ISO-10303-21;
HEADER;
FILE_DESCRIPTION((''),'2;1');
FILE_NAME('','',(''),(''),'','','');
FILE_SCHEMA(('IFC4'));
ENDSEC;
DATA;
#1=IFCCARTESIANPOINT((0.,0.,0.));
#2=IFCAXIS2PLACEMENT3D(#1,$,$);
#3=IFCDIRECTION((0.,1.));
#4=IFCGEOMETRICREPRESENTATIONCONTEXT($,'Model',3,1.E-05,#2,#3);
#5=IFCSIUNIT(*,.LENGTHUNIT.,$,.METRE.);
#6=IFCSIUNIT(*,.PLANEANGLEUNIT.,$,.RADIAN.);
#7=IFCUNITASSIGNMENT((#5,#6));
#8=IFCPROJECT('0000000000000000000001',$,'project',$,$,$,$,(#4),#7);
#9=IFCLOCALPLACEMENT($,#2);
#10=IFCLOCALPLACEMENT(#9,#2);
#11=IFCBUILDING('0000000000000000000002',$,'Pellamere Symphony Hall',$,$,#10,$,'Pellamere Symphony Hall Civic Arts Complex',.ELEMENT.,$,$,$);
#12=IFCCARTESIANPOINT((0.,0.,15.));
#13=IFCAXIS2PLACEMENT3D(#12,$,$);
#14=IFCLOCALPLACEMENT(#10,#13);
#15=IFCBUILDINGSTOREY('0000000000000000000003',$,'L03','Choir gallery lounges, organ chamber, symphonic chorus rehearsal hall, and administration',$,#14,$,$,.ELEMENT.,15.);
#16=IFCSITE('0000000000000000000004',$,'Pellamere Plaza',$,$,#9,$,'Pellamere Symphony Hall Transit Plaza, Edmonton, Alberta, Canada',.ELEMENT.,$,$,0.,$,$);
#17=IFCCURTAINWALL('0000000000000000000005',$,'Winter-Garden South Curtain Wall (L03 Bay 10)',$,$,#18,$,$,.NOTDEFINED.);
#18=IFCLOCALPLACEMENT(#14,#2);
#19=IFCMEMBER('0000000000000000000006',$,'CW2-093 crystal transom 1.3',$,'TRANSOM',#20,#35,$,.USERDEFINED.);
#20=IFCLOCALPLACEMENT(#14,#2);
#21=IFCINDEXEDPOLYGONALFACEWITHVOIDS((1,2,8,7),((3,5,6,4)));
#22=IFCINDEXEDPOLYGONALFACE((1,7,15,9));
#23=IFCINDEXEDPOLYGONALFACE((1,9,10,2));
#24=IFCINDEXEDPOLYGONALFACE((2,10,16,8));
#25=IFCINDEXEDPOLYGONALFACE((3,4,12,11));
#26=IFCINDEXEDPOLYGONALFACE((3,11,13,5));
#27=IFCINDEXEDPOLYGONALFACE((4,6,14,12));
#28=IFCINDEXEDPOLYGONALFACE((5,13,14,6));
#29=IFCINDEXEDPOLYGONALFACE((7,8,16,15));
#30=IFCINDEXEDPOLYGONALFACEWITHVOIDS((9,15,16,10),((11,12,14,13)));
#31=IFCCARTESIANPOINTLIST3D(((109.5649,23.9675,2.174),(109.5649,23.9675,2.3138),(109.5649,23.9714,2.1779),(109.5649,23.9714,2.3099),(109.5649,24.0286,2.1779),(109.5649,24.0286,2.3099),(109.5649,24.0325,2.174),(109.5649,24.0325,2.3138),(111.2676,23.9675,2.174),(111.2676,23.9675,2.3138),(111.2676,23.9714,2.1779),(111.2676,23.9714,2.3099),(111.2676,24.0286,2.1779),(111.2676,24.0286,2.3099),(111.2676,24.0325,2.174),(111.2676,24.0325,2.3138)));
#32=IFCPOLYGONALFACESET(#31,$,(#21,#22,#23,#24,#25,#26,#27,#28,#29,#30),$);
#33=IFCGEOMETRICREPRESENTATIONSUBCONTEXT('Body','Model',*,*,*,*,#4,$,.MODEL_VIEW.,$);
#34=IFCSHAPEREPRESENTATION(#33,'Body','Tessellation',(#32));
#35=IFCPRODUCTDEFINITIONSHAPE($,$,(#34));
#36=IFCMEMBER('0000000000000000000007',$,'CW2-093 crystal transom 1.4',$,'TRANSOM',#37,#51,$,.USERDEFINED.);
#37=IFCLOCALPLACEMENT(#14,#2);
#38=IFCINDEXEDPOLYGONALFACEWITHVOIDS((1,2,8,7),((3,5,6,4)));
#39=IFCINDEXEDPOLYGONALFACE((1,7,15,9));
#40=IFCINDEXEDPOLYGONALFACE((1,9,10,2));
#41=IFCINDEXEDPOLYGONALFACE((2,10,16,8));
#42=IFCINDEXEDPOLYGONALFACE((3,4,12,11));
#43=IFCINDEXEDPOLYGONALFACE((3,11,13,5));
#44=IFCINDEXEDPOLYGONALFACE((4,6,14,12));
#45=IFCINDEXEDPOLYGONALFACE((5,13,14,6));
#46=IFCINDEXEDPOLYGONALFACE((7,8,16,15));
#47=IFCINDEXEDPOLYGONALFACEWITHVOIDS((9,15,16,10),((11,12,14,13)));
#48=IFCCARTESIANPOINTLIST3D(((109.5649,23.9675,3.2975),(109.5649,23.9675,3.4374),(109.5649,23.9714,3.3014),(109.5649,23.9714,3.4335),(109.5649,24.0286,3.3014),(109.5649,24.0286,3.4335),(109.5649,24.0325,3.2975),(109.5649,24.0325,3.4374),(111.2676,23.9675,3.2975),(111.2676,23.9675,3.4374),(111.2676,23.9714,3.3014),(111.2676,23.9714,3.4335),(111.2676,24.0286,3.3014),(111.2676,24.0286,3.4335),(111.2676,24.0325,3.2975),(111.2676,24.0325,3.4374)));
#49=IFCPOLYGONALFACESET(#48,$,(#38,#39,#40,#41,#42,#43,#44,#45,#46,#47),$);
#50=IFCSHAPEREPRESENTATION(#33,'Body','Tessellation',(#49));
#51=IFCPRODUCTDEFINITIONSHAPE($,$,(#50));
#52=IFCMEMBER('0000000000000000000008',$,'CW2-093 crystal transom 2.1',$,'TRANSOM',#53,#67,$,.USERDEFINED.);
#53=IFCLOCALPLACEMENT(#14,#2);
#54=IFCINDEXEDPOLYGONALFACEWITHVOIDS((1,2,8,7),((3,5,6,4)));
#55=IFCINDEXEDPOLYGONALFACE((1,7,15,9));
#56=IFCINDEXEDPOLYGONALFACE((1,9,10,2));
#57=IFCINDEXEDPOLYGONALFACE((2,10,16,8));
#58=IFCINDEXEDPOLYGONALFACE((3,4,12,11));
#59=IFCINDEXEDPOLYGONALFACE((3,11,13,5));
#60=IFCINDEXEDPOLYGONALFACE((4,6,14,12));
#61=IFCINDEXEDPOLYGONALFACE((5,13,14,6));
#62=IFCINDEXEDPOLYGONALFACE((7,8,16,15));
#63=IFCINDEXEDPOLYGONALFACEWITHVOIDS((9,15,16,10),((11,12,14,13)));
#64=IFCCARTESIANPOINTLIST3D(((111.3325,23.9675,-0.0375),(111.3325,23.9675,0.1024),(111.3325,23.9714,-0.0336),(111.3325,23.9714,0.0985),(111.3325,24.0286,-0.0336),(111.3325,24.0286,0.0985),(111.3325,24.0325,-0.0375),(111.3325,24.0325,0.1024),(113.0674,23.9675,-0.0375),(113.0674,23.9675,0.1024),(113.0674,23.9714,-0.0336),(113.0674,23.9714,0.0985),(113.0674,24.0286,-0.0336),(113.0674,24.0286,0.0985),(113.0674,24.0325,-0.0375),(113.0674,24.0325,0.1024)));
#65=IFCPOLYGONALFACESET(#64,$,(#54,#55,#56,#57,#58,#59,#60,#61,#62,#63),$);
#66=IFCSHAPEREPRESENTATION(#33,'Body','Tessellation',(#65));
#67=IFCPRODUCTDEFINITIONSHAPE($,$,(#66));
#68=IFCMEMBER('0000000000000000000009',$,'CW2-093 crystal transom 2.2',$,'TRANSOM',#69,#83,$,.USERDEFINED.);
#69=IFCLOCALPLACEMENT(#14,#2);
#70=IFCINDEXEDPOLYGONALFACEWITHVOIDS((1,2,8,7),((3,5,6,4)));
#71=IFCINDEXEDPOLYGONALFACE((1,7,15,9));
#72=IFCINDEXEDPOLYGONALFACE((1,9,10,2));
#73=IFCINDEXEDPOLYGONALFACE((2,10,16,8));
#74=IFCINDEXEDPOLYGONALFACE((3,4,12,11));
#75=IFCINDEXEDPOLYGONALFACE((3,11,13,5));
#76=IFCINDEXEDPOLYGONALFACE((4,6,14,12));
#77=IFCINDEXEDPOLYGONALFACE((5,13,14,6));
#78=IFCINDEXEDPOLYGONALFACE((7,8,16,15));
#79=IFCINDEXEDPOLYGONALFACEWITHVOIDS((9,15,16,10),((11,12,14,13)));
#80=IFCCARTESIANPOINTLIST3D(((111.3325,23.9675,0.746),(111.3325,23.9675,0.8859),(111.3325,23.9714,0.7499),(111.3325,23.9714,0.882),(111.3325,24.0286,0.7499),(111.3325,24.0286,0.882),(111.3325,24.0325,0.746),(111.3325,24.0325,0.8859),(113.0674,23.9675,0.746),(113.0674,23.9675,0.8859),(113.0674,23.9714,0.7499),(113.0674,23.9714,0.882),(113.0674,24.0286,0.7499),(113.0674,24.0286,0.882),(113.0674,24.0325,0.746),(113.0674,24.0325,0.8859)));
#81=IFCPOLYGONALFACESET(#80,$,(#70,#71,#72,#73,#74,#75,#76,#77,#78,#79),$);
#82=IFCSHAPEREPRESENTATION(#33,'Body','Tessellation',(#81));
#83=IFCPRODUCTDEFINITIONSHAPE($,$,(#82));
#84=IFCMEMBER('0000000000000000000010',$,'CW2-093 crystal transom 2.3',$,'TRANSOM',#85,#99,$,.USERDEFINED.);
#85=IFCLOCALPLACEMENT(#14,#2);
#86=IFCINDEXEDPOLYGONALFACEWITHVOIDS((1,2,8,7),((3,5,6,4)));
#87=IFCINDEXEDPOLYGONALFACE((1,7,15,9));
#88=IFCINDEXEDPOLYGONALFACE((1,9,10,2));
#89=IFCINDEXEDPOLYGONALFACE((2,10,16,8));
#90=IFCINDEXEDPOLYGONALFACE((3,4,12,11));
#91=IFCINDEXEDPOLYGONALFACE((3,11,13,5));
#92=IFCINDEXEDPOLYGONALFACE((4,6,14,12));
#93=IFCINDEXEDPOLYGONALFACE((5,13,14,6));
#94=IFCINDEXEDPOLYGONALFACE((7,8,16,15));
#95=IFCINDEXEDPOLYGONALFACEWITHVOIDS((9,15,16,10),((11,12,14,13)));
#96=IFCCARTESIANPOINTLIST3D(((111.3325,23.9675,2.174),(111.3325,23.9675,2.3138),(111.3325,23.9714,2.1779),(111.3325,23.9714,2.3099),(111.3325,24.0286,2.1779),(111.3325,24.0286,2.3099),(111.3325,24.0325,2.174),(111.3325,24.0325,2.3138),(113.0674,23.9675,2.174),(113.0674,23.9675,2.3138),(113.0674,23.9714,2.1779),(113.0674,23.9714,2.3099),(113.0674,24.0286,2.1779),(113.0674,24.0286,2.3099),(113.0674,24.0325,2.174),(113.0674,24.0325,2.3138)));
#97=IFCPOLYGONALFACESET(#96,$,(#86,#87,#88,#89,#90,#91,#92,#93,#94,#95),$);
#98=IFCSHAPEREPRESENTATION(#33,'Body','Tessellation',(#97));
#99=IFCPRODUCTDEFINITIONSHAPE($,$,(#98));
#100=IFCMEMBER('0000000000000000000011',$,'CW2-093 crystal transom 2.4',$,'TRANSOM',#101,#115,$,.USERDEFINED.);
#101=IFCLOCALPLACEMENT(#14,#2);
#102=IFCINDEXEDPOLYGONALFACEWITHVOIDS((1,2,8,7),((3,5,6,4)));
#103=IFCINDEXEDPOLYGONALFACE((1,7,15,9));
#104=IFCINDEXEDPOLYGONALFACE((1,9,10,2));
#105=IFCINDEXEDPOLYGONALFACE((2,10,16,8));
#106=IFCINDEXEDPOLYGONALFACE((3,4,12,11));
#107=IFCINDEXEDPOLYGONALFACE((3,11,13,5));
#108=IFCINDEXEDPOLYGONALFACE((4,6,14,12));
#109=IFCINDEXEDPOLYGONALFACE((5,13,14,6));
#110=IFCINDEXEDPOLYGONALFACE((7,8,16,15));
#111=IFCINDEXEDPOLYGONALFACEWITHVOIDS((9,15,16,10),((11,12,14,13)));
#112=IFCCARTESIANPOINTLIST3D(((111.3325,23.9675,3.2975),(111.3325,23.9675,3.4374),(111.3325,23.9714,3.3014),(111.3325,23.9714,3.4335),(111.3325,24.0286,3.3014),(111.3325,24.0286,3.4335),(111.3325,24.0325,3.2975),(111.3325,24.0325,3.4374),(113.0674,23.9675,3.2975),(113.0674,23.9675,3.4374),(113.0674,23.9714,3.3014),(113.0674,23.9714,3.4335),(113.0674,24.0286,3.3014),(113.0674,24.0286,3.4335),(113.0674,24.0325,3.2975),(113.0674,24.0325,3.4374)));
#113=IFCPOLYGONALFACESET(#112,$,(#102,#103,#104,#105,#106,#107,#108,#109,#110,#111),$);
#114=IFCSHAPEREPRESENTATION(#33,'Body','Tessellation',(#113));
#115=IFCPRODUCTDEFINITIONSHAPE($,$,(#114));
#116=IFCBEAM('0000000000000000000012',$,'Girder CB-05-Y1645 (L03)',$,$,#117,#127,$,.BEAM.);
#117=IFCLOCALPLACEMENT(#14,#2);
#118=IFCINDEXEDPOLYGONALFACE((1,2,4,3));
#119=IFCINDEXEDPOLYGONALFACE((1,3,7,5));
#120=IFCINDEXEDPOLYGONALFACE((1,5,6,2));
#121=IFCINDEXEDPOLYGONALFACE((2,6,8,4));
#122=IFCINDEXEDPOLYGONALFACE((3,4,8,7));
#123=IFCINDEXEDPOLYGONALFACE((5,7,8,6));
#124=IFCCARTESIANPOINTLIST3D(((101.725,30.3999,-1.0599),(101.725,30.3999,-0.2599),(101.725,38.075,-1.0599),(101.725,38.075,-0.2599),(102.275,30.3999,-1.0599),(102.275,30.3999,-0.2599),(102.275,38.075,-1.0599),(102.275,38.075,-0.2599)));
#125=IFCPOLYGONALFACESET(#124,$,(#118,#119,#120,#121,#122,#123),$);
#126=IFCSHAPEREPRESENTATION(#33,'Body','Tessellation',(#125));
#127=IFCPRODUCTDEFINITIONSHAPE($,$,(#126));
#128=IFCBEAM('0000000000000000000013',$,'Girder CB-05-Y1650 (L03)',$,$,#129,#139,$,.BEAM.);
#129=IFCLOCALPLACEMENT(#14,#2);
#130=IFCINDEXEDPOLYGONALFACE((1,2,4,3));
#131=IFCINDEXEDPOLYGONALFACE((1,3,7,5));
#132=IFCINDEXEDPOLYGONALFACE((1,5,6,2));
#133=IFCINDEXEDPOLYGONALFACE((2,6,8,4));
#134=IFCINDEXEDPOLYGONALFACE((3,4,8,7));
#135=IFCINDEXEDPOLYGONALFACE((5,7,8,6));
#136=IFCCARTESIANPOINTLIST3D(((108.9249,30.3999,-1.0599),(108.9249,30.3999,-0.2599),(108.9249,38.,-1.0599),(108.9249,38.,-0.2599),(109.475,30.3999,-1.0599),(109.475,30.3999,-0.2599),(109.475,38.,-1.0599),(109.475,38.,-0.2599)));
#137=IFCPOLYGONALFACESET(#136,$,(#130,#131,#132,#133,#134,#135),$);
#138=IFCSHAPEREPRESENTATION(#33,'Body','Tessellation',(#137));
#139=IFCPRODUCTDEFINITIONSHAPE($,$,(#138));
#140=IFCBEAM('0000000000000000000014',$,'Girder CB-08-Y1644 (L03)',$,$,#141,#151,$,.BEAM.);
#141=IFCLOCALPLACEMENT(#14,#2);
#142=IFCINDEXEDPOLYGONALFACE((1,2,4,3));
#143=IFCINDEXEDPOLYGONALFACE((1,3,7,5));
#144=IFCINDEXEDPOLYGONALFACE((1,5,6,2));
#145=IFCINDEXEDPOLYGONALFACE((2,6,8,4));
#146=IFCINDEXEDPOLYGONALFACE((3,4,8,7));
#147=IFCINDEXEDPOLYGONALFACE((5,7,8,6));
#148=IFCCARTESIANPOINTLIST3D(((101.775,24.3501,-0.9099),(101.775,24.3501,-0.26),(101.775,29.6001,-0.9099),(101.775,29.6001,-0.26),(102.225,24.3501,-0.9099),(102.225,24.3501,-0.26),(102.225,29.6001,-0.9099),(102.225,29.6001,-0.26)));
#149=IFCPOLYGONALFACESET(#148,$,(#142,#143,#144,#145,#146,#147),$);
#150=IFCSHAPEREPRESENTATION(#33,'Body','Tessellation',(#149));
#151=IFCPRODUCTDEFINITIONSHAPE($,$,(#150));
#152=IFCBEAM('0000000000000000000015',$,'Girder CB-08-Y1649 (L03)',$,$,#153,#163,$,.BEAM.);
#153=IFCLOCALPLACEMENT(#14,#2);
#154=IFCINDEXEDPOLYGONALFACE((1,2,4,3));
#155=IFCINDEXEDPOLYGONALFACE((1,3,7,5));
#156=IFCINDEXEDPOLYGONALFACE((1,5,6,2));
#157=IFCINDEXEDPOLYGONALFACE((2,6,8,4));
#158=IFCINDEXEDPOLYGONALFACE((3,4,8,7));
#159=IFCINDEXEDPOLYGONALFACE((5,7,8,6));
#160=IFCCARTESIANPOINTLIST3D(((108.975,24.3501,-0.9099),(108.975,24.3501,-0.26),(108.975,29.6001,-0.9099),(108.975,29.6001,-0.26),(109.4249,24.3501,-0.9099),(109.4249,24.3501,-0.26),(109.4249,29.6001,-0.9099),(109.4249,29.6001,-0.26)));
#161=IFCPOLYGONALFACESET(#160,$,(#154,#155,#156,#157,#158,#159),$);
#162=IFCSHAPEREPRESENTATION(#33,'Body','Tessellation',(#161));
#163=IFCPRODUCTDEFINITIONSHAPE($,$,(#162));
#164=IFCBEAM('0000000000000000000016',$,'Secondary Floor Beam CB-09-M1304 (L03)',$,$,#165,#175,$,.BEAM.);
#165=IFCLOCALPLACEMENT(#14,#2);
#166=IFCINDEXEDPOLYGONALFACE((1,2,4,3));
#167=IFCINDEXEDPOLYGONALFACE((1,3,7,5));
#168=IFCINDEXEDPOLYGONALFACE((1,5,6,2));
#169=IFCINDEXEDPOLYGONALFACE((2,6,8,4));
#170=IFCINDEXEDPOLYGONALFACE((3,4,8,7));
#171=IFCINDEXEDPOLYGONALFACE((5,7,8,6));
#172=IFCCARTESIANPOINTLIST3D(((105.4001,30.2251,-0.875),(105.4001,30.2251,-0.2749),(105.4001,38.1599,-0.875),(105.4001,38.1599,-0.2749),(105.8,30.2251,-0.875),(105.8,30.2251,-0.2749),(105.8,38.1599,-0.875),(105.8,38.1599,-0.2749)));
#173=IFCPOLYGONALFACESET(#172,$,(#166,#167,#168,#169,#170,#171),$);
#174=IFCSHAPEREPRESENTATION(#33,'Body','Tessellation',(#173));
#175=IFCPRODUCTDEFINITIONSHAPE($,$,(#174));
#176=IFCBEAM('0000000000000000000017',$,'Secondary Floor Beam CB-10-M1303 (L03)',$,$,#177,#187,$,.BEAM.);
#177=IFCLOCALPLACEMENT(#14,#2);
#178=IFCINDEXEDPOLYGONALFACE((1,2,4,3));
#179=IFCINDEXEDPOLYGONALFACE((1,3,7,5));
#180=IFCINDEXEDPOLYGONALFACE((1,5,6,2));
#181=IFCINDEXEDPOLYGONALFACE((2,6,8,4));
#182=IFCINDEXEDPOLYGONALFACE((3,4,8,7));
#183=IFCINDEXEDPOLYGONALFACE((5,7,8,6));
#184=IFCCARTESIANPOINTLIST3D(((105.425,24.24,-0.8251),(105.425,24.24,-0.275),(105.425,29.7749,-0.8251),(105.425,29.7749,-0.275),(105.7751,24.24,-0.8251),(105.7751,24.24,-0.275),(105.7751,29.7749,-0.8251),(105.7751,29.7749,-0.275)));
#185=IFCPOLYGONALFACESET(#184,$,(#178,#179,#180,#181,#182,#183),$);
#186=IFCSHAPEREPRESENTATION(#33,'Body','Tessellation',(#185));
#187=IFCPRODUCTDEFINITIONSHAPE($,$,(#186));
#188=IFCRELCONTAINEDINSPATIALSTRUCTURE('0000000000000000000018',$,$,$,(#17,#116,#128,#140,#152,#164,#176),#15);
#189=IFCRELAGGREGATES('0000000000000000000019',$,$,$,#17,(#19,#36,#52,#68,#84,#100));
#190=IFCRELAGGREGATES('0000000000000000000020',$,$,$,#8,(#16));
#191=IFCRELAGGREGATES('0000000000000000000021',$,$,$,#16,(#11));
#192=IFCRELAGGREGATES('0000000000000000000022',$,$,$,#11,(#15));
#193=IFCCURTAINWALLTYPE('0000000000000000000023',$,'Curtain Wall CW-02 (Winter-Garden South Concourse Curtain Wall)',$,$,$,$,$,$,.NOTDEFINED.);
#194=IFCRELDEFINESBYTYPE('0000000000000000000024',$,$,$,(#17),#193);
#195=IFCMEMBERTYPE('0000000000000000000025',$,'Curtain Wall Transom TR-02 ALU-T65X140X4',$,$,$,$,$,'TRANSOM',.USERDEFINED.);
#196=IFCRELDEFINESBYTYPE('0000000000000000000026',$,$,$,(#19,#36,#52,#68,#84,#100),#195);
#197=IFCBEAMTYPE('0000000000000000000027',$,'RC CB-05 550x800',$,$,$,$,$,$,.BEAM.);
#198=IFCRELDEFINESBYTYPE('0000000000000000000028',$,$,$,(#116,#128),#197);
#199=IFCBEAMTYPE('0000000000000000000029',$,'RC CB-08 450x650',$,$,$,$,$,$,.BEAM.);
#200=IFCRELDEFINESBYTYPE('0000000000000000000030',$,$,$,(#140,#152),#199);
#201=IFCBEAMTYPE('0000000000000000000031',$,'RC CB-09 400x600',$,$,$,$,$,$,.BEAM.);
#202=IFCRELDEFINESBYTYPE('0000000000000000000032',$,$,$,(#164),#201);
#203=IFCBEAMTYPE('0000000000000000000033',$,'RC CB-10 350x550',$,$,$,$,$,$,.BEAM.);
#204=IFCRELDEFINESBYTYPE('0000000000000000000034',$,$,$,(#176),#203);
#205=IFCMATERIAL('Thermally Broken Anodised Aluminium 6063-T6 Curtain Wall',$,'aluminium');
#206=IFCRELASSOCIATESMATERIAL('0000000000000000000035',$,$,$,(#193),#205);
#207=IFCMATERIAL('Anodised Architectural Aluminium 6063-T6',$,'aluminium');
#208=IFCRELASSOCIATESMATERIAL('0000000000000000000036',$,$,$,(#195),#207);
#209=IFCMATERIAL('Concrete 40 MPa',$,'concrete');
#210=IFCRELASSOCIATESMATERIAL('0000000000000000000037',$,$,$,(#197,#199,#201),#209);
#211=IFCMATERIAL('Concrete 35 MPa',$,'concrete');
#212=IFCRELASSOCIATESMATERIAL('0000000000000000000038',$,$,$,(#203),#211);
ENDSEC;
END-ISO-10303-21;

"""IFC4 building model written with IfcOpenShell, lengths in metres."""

from ifc_helpers import new_model, si_unit, direction, frame, origin, origin_2d, place, context, subcontext, project, spatial, rectangle, hollow_rectangle, extrude, material, material_profile, profile_set, type_object, element, aggregate, save


model = new_model("IFC4")

# Units and contexts
model_context = context("Model", 3, precision=1e-05, world=origin(), true_north=direction((0.0, 1.0)))
body_context = subcontext(model_context, "Body", "Model", "MODEL_VIEW")
ifc_project = project(units=[si_unit("LENGTHUNIT", "METRE"), si_unit("PLANEANGLEUNIT", "RADIAN")], contexts=[model_context])

# Site, building, storey
site_placement = place(None, origin())
site = spatial("IfcSite", under=ifc_project, at=site_placement, Name="Pellamere Plaza", LongName="Pellamere Symphony Hall Transit Plaza, Edmonton, Alberta, Canada", CompositionType="ELEMENT", RefElevation=0.0)
building_placement = place(site_placement, origin())
building = spatial("IfcBuilding", under=site, at=building_placement, Name="Pellamere Symphony Hall", LongName="Pellamere Symphony Hall Civic Arts Complex", CompositionType="ELEMENT")
storey_placement = place(building_placement, frame((0.0, 0.0, 15.0)))
storey = spatial("IfcBuildingStorey", under=building, at=storey_placement, Name="L03", Description="Choir gallery lounges, organ chamber, symphonic chorus rehearsal hall, and administration", CompositionType="ELEMENT", Elevation=15.0)

# Shared definitions
ifc_material_1 = material(Name="Concrete 40 MPa", Category="concrete")

# Shared definitions
ifc_material_2 = material(Name="Thermally Broken Anodised Aluminium 6063-T6 Curtain Wall", Category="aluminium")
curtain_wall_type = type_object("IfcCurtainWallType", Name="Curtain Wall CW-02 (Winter-Garden South Concourse Curtain Wall)", PredefinedType="NOTDEFINED", material=ifc_material_2)
ifc_material_3 = material(Name="Anodised Architectural Aluminium 6063-T6", Category="aluminium")

# Curtain wall, members
curtain_wall_1_placement = place(storey_placement, origin())
curtain_wall_1 = element("IfcCurtainWall", 1, at=curtain_wall_1_placement, inside=storey, type_object=curtain_wall_type, Name="Winter-Garden South Curtain Wall (L03 Bay 10)", PredefinedType="NOTDEFINED")
ifc_material_profile_1 = material_profile(ifc_material_3, hollow_rectangle(XDim=0.0649, YDim=0.1399, WallThickness=0.0039, at=origin_2d()), Name="ALU-T65X140X4")
ifc_profile_set_1 = profile_set([ifc_material_profile_1], Name="Anodised Architectural Aluminium 6063-T6")
member_type_1 = type_object("IfcMemberType", Name="Curtain Wall Transom TR-02 ALU-T65X140X4", ElementType="TRANSOM", PredefinedType="USERDEFINED", material=ifc_profile_set_1)
member_1_placement = place(storey_placement, frame((109.5649, 24.0, 2.2439), z_axis=(1.0, 0.0, 0.0), x_axis=(0.0, 1.0, 0.0)))
member_1 = element("IfcMember", 2, at=member_1_placement, type_object=member_type_1, Name="CW2-093 crystal transom 1.3", ObjectType="TRANSOM", PredefinedType="USERDEFINED", context=body_context, shape_type="SweptSolid", body=[
    extrude(hollow_rectangle(XDim=0.0649, YDim=0.1399, WallThickness=0.0039, at=origin_2d()), origin(), (0.0, 0.0, 1.0), 1.7026),
])
member_2_placement = place(storey_placement, frame((109.5649, 24.0, 3.3674), z_axis=(1.0, 0.0, 0.0), x_axis=(0.0, 1.0, 0.0)))
member_2 = element("IfcMember", 3, at=member_2_placement, type_object=member_type_1, Name="CW2-093 crystal transom 1.4", ObjectType="TRANSOM", PredefinedType="USERDEFINED", context=body_context, shape_type="SweptSolid", body=[
    extrude(hollow_rectangle(XDim=0.0649, YDim=0.1399, WallThickness=0.0039, at=origin_2d()), origin(), (0.0, 0.0, 1.0), 1.7026),
])
member_3_placement = place(storey_placement, frame((111.3325, 24.0, 0.0325), z_axis=(1.0, 0.0, 0.0), x_axis=(0.0, 1.0, 0.0)))
member_3 = element("IfcMember", 4, at=member_3_placement, type_object=member_type_1, Name="CW2-093 crystal transom 2.1", ObjectType="TRANSOM", PredefinedType="USERDEFINED", context=body_context, shape_type="SweptSolid", body=[
    extrude(hollow_rectangle(XDim=0.0649, YDim=0.1399, WallThickness=0.0039, at=origin_2d()), origin(), (0.0, 0.0, 1.0), 1.7349),
])
member_4_placement = place(storey_placement, frame((111.3325, 24.0, 0.8159), z_axis=(1.0, 0.0, 0.0), x_axis=(0.0, 1.0, 0.0)))
member_4 = element("IfcMember", 5, at=member_4_placement, type_object=member_type_1, Name="CW2-093 crystal transom 2.2", ObjectType="TRANSOM", PredefinedType="USERDEFINED", context=body_context, shape_type="SweptSolid", body=[
    extrude(hollow_rectangle(XDim=0.0649, YDim=0.1399, WallThickness=0.0039, at=origin_2d()), origin(), (0.0, 0.0, 1.0), 1.7349),
])
member_5_placement = place(storey_placement, frame((111.3325, 24.0, 2.2439), z_axis=(1.0, 0.0, 0.0), x_axis=(0.0, 1.0, 0.0)))
member_5 = element("IfcMember", 6, at=member_5_placement, type_object=member_type_1, Name="CW2-093 crystal transom 2.3", ObjectType="TRANSOM", PredefinedType="USERDEFINED", context=body_context, shape_type="SweptSolid", body=[
    extrude(hollow_rectangle(XDim=0.0649, YDim=0.1399, WallThickness=0.0039, at=origin_2d()), origin(), (0.0, 0.0, 1.0), 1.7349),
])
member_6_placement = place(storey_placement, frame((111.3325, 24.0, 3.3674), z_axis=(1.0, 0.0, 0.0), x_axis=(0.0, 1.0, 0.0)))
member_6 = element("IfcMember", 7, at=member_6_placement, type_object=member_type_1, Name="CW2-093 crystal transom 2.4", ObjectType="TRANSOM", PredefinedType="USERDEFINED", context=body_context, shape_type="SweptSolid", body=[
    extrude(hollow_rectangle(XDim=0.0649, YDim=0.1399, WallThickness=0.0039, at=origin_2d()), origin(), (0.0, 0.0, 1.0), 1.7349),
])

# Beams
ifc_material_profile_2 = material_profile(ifc_material_1, rectangle(XDim=0.55, YDim=0.8, at=origin_2d()), Name="RC 550x800")
ifc_profile_set_2 = profile_set([ifc_material_profile_2], Name="Concrete 40 MPa")
beam_type_1 = type_object("IfcBeamType", Name="RC CB-05 550x800", PredefinedType="BEAM", material=ifc_profile_set_2)
beam_1_placement = place(storey_placement, frame((102.0, 30.3999, -0.6599), z_axis=(0.0, 1.0, 0.0), x_axis=(-1.0, 0.0, 0.0)))
element("IfcBeam", 8, at=beam_1_placement, inside=storey, type_object=beam_type_1, Name="Girder CB-05-Y1645 (L03)", PredefinedType="BEAM", context=body_context, shape_type="SweptSolid", body=[
    extrude(rectangle(XDim=0.55, YDim=0.8, at=origin_2d()), origin(), (0.0, 0.0, 1.0), 7.675),
])
beam_2_placement = place(storey_placement, frame((109.2, 30.3999, -0.6599), z_axis=(0.0, 1.0, 0.0), x_axis=(-1.0, 0.0, 0.0)))
element("IfcBeam", 9, at=beam_2_placement, inside=storey, type_object=beam_type_1, Name="Girder CB-05-Y1650 (L03)", PredefinedType="BEAM", context=body_context, shape_type="SweptSolid", body=[
    extrude(rectangle(XDim=0.55, YDim=0.8, at=origin_2d()), origin(), (0.0, 0.0, 1.0), 7.6001),
])
ifc_material_profile_3 = material_profile(ifc_material_1, rectangle(XDim=0.45, YDim=0.6499, at=origin_2d()), Name="RC 450x650")
ifc_profile_set_3 = profile_set([ifc_material_profile_3], Name="Concrete 40 MPa")
beam_type_2 = type_object("IfcBeamType", Name="RC CB-08 450x650", PredefinedType="BEAM", material=ifc_profile_set_3)
for number, where, z_axis, x_axis, name in (
    (10, (102.0, 24.3501, -0.585), (0.0, 1.0, 0.0), (-1.0, 0.0, 0.0), "Girder CB-08-Y1644 (L03)"),
    (11, (109.2, 24.3501, -0.585), (0.0, 1.0, 0.0), (-1.0, 0.0, 0.0), "Girder CB-08-Y1649 (L03)"),
):
    element("IfcBeam", number, at=place(storey_placement, frame(where, z_axis=z_axis, x_axis=x_axis)), inside=storey, type_object=beam_type_2, Name=name, PredefinedType="BEAM", context=body_context, shape_type="SweptSolid", body=[
        extrude(rectangle(XDim=0.45, YDim=0.6499, at=origin_2d()), origin(), (0.0, 0.0, 1.0), 5.25),
    ])
ifc_material_profile_4 = material_profile(ifc_material_1, rectangle(XDim=0.3999, YDim=0.6001, at=origin_2d()), Name="RC 400x600")
ifc_profile_set_4 = profile_set([ifc_material_profile_4], Name="Concrete 40 MPa")
beam_type_3 = type_object("IfcBeamType", Name="RC CB-09 400x600", PredefinedType="BEAM", material=ifc_profile_set_4)
beam_3_placement = place(storey_placement, frame((105.6001, 30.2251, -0.575), z_axis=(0.0, 1.0, 0.0), x_axis=(-1.0, 0.0, 0.0)))
element("IfcBeam", 12, at=beam_3_placement, inside=storey, type_object=beam_type_3, Name="Secondary Floor Beam CB-09-M1304 (L03)", PredefinedType="BEAM", context=body_context, shape_type="SweptSolid", body=[
    extrude(rectangle(XDim=0.3999, YDim=0.6001, at=origin_2d()), origin(), (0.0, 0.0, 1.0), 7.9348),
])
ifc_material_4 = material(Name="Concrete 35 MPa", Category="concrete")
ifc_material_profile_5 = material_profile(ifc_material_4, rectangle(XDim=0.3501, YDim=0.55, at=origin_2d()), Name="RC 350x550")
ifc_profile_set_5 = profile_set([ifc_material_profile_5], Name="Concrete 35 MPa")
beam_type_4 = type_object("IfcBeamType", Name="RC CB-10 350x550", PredefinedType="BEAM", material=ifc_profile_set_5)
beam_4_placement = place(storey_placement, frame((105.6001, 24.24, -0.55), z_axis=(0.0, 1.0, 0.0), x_axis=(-1.0, 0.0, 0.0)))
element("IfcBeam", 13, at=beam_4_placement, inside=storey, type_object=beam_type_4, Name="Secondary Floor Beam CB-10-M1303 (L03)", PredefinedType="BEAM", context=body_context, shape_type="SweptSolid", body=[
    extrude(rectangle(XDim=0.3501, YDim=0.55, at=origin_2d()), origin(), (0.0, 0.0, 1.0), 5.5349),
])

aggregate(curtain_wall_1, [member_1, member_2, member_3, member_4, member_5, member_6])

save(model, "model.ifc")
